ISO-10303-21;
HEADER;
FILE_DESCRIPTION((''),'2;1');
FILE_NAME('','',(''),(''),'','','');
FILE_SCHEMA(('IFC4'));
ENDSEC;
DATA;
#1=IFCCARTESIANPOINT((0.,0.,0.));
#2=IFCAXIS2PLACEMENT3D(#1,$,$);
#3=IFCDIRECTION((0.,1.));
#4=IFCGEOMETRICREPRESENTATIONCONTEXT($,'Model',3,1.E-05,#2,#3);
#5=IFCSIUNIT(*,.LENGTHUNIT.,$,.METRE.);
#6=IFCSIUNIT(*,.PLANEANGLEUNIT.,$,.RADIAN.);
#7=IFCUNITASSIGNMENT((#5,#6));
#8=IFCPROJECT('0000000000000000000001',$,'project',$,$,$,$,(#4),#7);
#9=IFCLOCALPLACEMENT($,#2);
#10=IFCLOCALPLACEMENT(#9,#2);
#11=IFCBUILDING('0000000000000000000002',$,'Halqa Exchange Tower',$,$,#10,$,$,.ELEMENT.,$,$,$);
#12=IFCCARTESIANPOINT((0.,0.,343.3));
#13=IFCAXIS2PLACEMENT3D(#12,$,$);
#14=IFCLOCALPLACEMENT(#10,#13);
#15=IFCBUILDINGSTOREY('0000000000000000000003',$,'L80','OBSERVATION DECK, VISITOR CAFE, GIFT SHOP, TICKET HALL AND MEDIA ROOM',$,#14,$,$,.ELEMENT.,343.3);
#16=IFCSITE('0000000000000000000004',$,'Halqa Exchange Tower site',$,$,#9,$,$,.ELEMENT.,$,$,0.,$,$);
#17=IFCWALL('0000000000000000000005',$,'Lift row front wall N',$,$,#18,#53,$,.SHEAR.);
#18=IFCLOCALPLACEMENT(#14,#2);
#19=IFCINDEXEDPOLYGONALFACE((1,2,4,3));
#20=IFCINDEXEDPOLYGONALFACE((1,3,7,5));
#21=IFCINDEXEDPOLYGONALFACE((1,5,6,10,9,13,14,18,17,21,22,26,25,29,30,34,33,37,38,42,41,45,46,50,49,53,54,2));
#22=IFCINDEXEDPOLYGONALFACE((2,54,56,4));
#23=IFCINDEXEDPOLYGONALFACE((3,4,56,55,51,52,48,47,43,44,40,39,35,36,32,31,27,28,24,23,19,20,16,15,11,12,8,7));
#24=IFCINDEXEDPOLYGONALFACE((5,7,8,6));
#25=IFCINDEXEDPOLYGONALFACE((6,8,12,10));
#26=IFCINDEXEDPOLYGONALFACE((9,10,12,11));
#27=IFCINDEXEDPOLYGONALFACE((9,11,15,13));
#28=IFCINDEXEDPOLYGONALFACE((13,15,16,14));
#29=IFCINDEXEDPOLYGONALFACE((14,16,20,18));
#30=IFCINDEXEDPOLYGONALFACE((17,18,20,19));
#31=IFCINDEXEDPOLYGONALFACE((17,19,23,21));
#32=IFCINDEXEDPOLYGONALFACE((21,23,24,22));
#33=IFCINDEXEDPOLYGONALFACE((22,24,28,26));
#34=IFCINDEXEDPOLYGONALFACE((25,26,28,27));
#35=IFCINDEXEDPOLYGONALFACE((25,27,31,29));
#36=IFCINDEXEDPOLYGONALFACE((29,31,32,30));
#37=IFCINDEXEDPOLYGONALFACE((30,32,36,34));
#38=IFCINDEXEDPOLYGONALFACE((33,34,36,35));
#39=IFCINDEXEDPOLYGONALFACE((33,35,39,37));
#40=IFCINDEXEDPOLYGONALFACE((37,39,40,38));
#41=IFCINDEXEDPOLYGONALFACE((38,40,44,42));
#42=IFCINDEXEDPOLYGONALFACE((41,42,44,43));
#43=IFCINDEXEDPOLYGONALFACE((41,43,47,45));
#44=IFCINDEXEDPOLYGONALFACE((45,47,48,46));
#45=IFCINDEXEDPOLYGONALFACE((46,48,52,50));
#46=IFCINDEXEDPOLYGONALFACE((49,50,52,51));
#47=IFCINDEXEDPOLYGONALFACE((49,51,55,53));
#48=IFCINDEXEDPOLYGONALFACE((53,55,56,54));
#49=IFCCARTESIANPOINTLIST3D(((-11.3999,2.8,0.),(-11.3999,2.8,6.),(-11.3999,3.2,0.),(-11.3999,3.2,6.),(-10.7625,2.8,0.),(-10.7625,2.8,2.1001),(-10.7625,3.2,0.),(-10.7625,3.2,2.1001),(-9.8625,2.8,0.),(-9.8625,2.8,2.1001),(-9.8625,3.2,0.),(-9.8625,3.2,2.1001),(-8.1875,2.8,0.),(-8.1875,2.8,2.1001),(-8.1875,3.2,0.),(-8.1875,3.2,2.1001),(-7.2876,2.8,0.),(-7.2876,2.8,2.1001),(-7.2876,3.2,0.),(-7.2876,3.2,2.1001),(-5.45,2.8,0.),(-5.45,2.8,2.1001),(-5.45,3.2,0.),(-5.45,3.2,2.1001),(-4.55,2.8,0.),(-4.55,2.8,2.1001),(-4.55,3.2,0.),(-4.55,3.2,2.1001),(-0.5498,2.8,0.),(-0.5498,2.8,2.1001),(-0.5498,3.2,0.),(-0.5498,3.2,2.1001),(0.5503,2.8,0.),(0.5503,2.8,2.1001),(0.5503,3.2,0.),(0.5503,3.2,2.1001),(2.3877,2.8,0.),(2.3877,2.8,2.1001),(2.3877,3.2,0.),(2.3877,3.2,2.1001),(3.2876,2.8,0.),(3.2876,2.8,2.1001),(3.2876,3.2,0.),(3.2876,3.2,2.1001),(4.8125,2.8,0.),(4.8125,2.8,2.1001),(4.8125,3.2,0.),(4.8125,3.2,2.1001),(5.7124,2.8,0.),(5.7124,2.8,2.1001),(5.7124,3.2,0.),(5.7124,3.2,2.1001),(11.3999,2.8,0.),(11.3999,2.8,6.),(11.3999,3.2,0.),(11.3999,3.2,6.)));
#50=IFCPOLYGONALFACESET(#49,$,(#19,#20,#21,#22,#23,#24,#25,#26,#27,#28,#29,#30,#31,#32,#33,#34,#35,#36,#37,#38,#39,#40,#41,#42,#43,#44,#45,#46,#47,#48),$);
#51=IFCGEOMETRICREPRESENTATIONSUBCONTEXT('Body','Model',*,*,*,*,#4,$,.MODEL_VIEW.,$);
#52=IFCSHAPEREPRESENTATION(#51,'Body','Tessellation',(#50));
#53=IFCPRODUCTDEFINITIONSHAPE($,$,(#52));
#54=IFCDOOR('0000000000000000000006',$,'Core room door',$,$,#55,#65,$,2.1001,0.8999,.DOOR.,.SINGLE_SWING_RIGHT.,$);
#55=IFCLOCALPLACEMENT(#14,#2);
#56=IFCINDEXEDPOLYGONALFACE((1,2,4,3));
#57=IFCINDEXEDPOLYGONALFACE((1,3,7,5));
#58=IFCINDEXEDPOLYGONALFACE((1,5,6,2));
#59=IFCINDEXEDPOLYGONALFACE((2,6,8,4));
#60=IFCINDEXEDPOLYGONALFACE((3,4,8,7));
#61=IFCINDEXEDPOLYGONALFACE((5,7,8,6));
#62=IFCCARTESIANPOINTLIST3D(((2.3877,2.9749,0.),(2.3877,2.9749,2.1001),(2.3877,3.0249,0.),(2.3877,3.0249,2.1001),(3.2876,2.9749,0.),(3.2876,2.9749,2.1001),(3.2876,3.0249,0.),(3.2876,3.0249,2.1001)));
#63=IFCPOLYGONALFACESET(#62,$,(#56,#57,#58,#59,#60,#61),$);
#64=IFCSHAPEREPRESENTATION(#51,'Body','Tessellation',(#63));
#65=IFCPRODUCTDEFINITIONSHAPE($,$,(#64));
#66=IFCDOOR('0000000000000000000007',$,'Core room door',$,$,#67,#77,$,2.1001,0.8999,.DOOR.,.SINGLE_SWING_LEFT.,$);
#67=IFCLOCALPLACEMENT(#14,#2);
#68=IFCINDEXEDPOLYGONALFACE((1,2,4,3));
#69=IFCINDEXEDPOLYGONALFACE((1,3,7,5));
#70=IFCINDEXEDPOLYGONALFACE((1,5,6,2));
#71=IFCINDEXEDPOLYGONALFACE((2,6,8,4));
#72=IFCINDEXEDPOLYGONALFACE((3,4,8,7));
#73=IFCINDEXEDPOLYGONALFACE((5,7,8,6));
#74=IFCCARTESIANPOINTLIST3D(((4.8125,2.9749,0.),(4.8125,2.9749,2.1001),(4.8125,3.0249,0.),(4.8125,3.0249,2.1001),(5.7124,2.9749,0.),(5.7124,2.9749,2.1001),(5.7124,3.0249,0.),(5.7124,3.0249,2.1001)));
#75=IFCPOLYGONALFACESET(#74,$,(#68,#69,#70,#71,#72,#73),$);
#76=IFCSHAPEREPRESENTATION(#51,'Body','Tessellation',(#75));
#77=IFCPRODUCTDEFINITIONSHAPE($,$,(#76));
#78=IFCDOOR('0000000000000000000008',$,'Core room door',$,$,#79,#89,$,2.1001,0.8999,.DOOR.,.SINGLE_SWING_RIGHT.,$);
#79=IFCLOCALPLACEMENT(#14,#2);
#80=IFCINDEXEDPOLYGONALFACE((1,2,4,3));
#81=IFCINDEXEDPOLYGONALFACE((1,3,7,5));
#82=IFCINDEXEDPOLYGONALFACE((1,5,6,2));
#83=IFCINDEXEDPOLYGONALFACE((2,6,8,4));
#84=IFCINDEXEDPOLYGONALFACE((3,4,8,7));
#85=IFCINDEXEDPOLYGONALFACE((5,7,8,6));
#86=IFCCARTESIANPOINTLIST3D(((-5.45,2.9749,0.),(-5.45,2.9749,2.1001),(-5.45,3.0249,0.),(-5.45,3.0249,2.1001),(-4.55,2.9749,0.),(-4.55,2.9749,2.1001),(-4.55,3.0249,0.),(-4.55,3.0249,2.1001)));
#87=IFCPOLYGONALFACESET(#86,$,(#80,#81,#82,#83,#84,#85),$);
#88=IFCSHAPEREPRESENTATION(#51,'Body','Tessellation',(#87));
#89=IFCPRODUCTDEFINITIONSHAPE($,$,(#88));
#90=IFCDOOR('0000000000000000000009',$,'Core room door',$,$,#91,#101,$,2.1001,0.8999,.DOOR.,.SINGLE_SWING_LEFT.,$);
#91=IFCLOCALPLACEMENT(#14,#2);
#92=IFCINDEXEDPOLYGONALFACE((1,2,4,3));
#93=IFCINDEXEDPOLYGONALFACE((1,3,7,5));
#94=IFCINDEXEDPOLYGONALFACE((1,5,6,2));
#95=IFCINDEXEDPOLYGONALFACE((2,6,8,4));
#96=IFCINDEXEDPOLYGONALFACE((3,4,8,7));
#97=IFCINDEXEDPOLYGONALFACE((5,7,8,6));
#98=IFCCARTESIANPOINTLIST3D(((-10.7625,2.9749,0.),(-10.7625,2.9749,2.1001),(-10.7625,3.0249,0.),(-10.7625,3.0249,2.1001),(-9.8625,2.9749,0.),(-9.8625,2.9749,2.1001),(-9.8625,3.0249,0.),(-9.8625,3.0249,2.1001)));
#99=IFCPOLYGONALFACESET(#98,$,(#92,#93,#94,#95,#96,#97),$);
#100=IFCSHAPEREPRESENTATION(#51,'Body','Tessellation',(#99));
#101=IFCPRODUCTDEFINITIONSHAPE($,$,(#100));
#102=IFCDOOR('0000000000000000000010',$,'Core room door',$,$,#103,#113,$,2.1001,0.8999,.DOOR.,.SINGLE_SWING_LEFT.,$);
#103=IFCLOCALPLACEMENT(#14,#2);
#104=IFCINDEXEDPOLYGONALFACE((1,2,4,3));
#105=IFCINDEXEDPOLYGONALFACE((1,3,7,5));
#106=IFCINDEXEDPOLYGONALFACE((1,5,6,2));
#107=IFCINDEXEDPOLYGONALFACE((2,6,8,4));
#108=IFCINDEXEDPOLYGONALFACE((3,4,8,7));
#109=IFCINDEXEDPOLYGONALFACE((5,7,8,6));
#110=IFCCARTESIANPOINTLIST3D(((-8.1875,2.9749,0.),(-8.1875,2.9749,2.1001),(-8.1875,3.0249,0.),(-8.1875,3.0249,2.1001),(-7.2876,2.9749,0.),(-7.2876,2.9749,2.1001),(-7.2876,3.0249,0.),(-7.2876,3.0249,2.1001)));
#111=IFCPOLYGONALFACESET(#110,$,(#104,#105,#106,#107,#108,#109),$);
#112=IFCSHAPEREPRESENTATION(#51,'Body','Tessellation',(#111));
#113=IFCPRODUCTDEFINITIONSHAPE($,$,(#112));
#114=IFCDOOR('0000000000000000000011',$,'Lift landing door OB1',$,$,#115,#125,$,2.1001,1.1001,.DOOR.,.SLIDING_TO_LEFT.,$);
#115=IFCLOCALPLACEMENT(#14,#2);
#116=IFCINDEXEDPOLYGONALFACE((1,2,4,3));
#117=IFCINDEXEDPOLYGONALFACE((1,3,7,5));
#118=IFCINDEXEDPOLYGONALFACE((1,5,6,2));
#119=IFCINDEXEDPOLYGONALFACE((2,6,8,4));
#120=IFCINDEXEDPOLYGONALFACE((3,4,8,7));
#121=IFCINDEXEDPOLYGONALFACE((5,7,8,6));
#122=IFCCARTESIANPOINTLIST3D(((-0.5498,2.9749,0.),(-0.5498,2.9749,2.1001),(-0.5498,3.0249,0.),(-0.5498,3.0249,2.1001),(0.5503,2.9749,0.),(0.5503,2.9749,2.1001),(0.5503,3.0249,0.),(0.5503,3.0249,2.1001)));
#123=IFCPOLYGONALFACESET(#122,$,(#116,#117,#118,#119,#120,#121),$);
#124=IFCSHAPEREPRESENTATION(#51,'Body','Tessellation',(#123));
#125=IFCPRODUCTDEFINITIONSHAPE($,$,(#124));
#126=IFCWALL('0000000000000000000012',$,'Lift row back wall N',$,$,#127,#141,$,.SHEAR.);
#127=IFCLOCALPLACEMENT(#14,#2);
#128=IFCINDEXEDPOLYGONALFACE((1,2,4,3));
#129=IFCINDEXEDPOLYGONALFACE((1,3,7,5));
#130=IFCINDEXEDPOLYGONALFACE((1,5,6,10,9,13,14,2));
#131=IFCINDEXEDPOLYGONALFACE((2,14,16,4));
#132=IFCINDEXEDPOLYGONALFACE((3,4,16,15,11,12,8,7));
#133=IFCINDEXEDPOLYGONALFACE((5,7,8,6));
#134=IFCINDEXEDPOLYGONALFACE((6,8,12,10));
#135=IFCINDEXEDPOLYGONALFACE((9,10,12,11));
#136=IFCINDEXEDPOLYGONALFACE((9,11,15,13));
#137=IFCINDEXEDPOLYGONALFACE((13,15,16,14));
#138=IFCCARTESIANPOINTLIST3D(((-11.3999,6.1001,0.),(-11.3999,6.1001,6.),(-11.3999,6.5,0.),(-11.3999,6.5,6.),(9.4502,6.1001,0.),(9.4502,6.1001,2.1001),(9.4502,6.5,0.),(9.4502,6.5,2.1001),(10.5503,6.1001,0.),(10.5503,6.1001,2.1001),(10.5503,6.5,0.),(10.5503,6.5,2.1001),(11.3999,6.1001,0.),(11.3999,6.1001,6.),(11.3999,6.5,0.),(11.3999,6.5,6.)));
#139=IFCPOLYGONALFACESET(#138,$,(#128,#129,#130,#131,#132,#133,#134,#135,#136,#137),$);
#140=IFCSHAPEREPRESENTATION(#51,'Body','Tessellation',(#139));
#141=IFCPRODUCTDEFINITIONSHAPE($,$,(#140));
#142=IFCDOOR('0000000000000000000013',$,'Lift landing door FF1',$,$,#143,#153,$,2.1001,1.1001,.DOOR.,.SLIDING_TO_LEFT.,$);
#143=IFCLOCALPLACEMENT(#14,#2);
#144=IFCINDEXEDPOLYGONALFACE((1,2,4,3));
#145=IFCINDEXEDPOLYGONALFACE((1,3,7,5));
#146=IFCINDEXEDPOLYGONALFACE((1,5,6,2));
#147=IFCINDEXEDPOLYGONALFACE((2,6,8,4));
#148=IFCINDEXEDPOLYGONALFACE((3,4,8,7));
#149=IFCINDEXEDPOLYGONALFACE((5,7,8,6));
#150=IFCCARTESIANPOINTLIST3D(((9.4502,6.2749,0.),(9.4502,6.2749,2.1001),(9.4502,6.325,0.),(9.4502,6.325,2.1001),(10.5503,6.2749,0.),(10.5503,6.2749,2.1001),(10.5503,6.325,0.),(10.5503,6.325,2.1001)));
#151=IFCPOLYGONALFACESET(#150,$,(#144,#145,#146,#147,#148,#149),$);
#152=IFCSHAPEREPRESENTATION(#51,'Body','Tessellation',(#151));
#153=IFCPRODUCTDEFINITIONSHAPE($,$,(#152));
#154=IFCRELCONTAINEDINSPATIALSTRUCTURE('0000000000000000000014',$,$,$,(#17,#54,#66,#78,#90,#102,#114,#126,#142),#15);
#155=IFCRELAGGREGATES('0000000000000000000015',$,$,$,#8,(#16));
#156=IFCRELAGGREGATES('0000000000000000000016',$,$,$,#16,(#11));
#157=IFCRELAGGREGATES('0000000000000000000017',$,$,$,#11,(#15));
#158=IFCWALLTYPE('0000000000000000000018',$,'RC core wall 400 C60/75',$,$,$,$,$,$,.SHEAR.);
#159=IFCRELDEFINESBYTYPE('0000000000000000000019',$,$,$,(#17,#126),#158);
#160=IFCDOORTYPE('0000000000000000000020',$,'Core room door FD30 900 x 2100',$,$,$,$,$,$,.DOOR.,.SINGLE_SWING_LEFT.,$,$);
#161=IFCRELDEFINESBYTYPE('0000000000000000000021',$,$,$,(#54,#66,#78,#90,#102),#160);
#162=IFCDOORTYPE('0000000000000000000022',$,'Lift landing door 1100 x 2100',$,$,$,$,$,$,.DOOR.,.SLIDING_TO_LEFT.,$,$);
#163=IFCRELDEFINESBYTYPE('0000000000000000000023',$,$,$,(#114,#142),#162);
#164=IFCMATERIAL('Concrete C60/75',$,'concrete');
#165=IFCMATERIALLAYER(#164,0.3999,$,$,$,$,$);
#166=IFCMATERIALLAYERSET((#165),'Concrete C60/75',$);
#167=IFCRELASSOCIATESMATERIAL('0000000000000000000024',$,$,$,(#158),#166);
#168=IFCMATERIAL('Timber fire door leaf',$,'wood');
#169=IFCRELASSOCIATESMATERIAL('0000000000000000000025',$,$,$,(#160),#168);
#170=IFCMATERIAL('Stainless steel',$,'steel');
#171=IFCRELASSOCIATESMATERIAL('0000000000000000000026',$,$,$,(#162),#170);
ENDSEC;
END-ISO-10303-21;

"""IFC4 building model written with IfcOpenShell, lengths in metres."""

from ifc_helpers import new_model, si_unit, direction, frame, frame_2d, origin, place, context, subcontext, project, spatial, rectangle, extrude, material, layer, layer_set, type_object, element, fill, save


model = new_model("IFC4")

# Units and contexts
model_context = context("Model", 3, precision=1e-05, world=origin(), true_north=direction((0.0, 1.0)))
body_context = subcontext(model_context, "Body", "Model", "MODEL_VIEW")
ifc_project = project(units=[si_unit("LENGTHUNIT", "METRE"), si_unit("PLANEANGLEUNIT", "RADIAN")], contexts=[model_context])

# Site, building, storey
site_placement = place(None, origin())
site = spatial("IfcSite", under=ifc_project, at=site_placement, Name="Halqa Exchange Tower site", CompositionType="ELEMENT", RefElevation=0.0)
building_placement = place(site_placement, origin())
building = spatial("IfcBuilding", under=site, at=building_placement, Name="Halqa Exchange Tower", CompositionType="ELEMENT")
storey_placement = place(building_placement, frame((0.0, 0.0, 343.3)))
storey = spatial("IfcBuildingStorey", under=building, at=storey_placement, Name="L80", Description="OBSERVATION DECK, VISITOR CAFE, GIFT SHOP, TICKET HALL AND MEDIA ROOM", CompositionType="ELEMENT", Elevation=343.3)

# Shared definitions
ifc_material_1 = material(Name="Concrete C60/75", Category="concrete")

# Wall, openings, doors
ifc_layer_1 = layer(ifc_material_1, 0.3999)
ifc_layer_set_1 = layer_set([ifc_layer_1], Name="Concrete C60/75")
wall_type_1 = type_object("IfcWallType", Name="RC core wall 400 C60/75", PredefinedType="SHEAR", material=ifc_layer_set_1)
wall_1_placement = place(storey_placement, frame((-11.3999, 3.0, 0.0), z_axis=(0.0, 0.0, 1.0), x_axis=(1.0, 0.0, 0.0)))
wall_1 = element("IfcWall", 1, at=wall_1_placement, inside=storey, type_object=wall_type_1, Name="Lift row front wall N", PredefinedType="SHEAR", context=body_context, shape_type="SweptSolid", body=[
    extrude(rectangle(XDim=22.7998, YDim=0.3999, at=frame_2d((11.3999, 0.0))), origin(), (0.0, 0.0, 1.0), 6.0),
])
opening_1_placement = place(wall_1_placement, frame((10.8501, 0.0, 0.0)))
opening_1 = element("IfcOpeningElement", 2, at=opening_1_placement, cuts=wall_1, PredefinedType="OPENING", context=body_context, shape_type="SweptSolid", body=[
    extrude(rectangle(XDim=1.1001, YDim=2.1001, at=frame_2d((0.55, 1.05))), frame((0.0, 0.2119, 0.0), z_axis=(0.0, -1.0, 0.0), x_axis=(1.0, 0.0, 0.0)), (0.0, 0.0, 1.0), 0.4238),
])
opening_2_placement = place(wall_1_placement, frame((13.7876, 0.0, 0.0)))
opening_2 = element("IfcOpeningElement", 3, at=opening_2_placement, cuts=wall_1, PredefinedType="OPENING", context=body_context, shape_type="SweptSolid", body=[
    extrude(rectangle(XDim=0.8999, YDim=2.1001, at=frame_2d((0.45, 1.05))), frame((0.0, 0.2119, 0.0), z_axis=(0.0, -1.0, 0.0), x_axis=(1.0, 0.0, 0.0)), (0.0, 0.0, 1.0), 0.4238),
])
opening_3_placement = place(wall_1_placement, frame((16.2124, 0.0, 0.0)))
opening_3 = element("IfcOpeningElement", 4, at=opening_3_placement, cuts=wall_1, PredefinedType="OPENING", context=body_context, shape_type="SweptSolid", body=[
    extrude(rectangle(XDim=0.8999, YDim=2.1001, at=frame_2d((0.45, 1.05))), frame((0.0, 0.2119, 0.0), z_axis=(0.0, -1.0, 0.0), x_axis=(1.0, 0.0, 0.0)), (0.0, 0.0, 1.0), 0.4238),
])
opening_4_placement = place(wall_1_placement, frame((5.95, 0.0, 0.0)))
opening_4 = element("IfcOpeningElement", 5, at=opening_4_placement, cuts=wall_1, PredefinedType="OPENING", context=body_context, shape_type="SweptSolid", body=[
    extrude(rectangle(XDim=0.8999, YDim=2.1001, at=frame_2d((0.45, 1.05))), frame((0.0, 0.2119, 0.0), z_axis=(0.0, -1.0, 0.0), x_axis=(1.0, 0.0, 0.0)), (0.0, 0.0, 1.0), 0.4238),
])
opening_5_placement = place(wall_1_placement, frame((0.6375, 0.0, 0.0)))
opening_5 = element("IfcOpeningElement", 6, at=opening_5_placement, cuts=wall_1, PredefinedType="OPENING", context=body_context, shape_type="SweptSolid", body=[
    extrude(rectangle(XDim=0.8999, YDim=2.1001, at=frame_2d((0.45, 1.05))), frame((0.0, 0.2119, 0.0), z_axis=(0.0, -1.0, 0.0), x_axis=(1.0, 0.0, 0.0)), (0.0, 0.0, 1.0), 0.4238),
])
opening_6_placement = place(wall_1_placement, frame((3.2124, 0.0, 0.0)))
opening_6 = element("IfcOpeningElement", 7, at=opening_6_placement, cuts=wall_1, PredefinedType="OPENING", context=body_context, shape_type="SweptSolid", body=[
    extrude(rectangle(XDim=0.8999, YDim=2.1001, at=frame_2d((0.45, 1.05))), frame((0.0, 0.2119, 0.0), z_axis=(0.0, -1.0, 0.0), x_axis=(1.0, 0.0, 0.0)), (0.0, 0.0, 1.0), 0.4238),
])
ifc_material_2 = material(Name="Timber fire door leaf", Category="wood")
door_type_1 = type_object("IfcDoorType", Name="Core room door FD30 900 x 2100", OperationType="SINGLE_SWING_LEFT", PredefinedType="DOOR", material=ifc_material_2)
door_1_placement = place(opening_2_placement, origin())
door_1 = element("IfcDoor", 8, at=door_1_placement, inside=storey, type_object=door_type_1, Name="Core room door", OperationType="SINGLE_SWING_RIGHT", OverallHeight=2.1001, OverallWidth=0.8999, PredefinedType="DOOR", context=body_context, shape_type="SweptSolid", body=[
    extrude(rectangle(XDim=0.8999, YDim=2.1001, at=frame_2d((0.45, 1.05))), frame((0.0, 0.0249, 0.0), z_axis=(0.0, -1.0, 0.0), x_axis=(1.0, 0.0, 0.0)), (0.0, 0.0, 1.0), 0.05),
])
fill(opening_2, door_1)
door_2_placement = place(opening_3_placement, origin())
door_2 = element("IfcDoor", 9, at=door_2_placement, inside=storey, type_object=door_type_1, Name="Core room door", OperationType="SINGLE_SWING_LEFT", OverallHeight=2.1001, OverallWidth=0.8999, PredefinedType="DOOR", context=body_context, shape_type="SweptSolid", body=[
    extrude(rectangle(XDim=0.8999, YDim=2.1001, at=frame_2d((0.45, 1.05))), frame((0.0, 0.0249, 0.0), z_axis=(0.0, -1.0, 0.0), x_axis=(1.0, 0.0, 0.0)), (0.0, 0.0, 1.0), 0.05),
])
fill(opening_3, door_2)
door_3_placement = place(opening_4_placement, origin())
door_3 = element("IfcDoor", 10, at=door_3_placement, inside=storey, type_object=door_type_1, Name="Core room door", OperationType="SINGLE_SWING_RIGHT", OverallHeight=2.1001, OverallWidth=0.8999, PredefinedType="DOOR", context=body_context, shape_type="SweptSolid", body=[
    extrude(rectangle(XDim=0.8999, YDim=2.1001, at=frame_2d((0.45, 1.05))), frame((0.0, 0.0249, 0.0), z_axis=(0.0, -1.0, 0.0), x_axis=(1.0, 0.0, 0.0)), (0.0, 0.0, 1.0), 0.05),
])
fill(opening_4, door_3)
door_4_placement = place(opening_5_placement, origin())
door_4 = element("IfcDoor", 11, at=door_4_placement, inside=storey, type_object=door_type_1, Name="Core room door", OperationType="SINGLE_SWING_LEFT", OverallHeight=2.1001, OverallWidth=0.8999, PredefinedType="DOOR", context=body_context, shape_type="SweptSolid", body=[
    extrude(rectangle(XDim=0.8999, YDim=2.1001, at=frame_2d((0.45, 1.05))), frame((0.0, 0.0249, 0.0), z_axis=(0.0, -1.0, 0.0), x_axis=(1.0, 0.0, 0.0)), (0.0, 0.0, 1.0), 0.05),
])
fill(opening_5, door_4)
door_5_placement = place(opening_6_placement, origin())
door_5 = element("IfcDoor", 12, at=door_5_placement, inside=storey, type_object=door_type_1, Name="Core room door", OperationType="SINGLE_SWING_LEFT", OverallHeight=2.1001, OverallWidth=0.8999, PredefinedType="DOOR", context=body_context, shape_type="SweptSolid", body=[
    extrude(rectangle(XDim=0.8999, YDim=2.1001, at=frame_2d((0.45, 1.05))), frame((0.0, 0.0249, 0.0), z_axis=(0.0, -1.0, 0.0), x_axis=(1.0, 0.0, 0.0)), (0.0, 0.0, 1.0), 0.05),
])
fill(opening_6, door_5)
ifc_material_3 = material(Name="Stainless steel", Category="steel")
door_type_2 = type_object("IfcDoorType", Name="Lift landing door 1100 x 2100", OperationType="SLIDING_TO_LEFT", PredefinedType="DOOR", material=ifc_material_3)
door_6_placement = place(opening_1_placement, origin())
door_6 = element("IfcDoor", 13, at=door_6_placement, inside=storey, type_object=door_type_2, Name="Lift landing door OB1", OperationType="SLIDING_TO_LEFT", OverallHeight=2.1001, OverallWidth=1.1001, PredefinedType="DOOR", context=body_context, shape_type="SweptSolid", body=[
    extrude(rectangle(XDim=1.1001, YDim=2.1001, at=frame_2d((0.55, 1.05))), frame((0.0, 0.0249, 0.0), z_axis=(0.0, -1.0, 0.0), x_axis=(1.0, 0.0, 0.0)), (0.0, 0.0, 1.0), 0.05),
])
fill(opening_1, door_6)

# Wall, opening, door
wall_2_placement = place(storey_placement, frame((-11.3999, 6.3, 0.0), z_axis=(0.0, 0.0, 1.0), x_axis=(1.0, 0.0, 0.0)))
wall_2 = element("IfcWall", 14, at=wall_2_placement, inside=storey, type_object=wall_type_1, Name="Lift row back wall N", PredefinedType="SHEAR", context=body_context, shape_type="SweptSolid", body=[
    extrude(rectangle(XDim=22.7998, YDim=0.3999, at=frame_2d((11.3999, 0.0))), origin(), (0.0, 0.0, 1.0), 6.0),
])
opening_7_placement = place(wall_2_placement, frame((20.8501, 0.0, 0.0)))
opening_7 = element("IfcOpeningElement", 15, at=opening_7_placement, cuts=wall_2, PredefinedType="OPENING", context=body_context, shape_type="SweptSolid", body=[
    extrude(rectangle(XDim=1.1001, YDim=2.1001, at=frame_2d((0.55, 1.05))), frame((0.0, 0.2119, 0.0), z_axis=(0.0, -1.0, 0.0), x_axis=(1.0, 0.0, 0.0)), (0.0, 0.0, 1.0), 0.4238),
])
door_7_placement = place(opening_7_placement, origin())
door_7 = element("IfcDoor", 16, at=door_7_placement, inside=storey, type_object=door_type_2, Name="Lift landing door FF1", OperationType="SLIDING_TO_LEFT", OverallHeight=2.1001, OverallWidth=1.1001, PredefinedType="DOOR", context=body_context, shape_type="SweptSolid", body=[
    extrude(rectangle(XDim=1.1001, YDim=2.1001, at=frame_2d((0.55, 1.05))), frame((0.0, 0.0249, 0.0), z_axis=(0.0, -1.0, 0.0), x_axis=(1.0, 0.0, 0.0)), (0.0, 0.0, 1.0), 0.05),
])
fill(opening_7, door_7)

save(model, "model.ifc")
